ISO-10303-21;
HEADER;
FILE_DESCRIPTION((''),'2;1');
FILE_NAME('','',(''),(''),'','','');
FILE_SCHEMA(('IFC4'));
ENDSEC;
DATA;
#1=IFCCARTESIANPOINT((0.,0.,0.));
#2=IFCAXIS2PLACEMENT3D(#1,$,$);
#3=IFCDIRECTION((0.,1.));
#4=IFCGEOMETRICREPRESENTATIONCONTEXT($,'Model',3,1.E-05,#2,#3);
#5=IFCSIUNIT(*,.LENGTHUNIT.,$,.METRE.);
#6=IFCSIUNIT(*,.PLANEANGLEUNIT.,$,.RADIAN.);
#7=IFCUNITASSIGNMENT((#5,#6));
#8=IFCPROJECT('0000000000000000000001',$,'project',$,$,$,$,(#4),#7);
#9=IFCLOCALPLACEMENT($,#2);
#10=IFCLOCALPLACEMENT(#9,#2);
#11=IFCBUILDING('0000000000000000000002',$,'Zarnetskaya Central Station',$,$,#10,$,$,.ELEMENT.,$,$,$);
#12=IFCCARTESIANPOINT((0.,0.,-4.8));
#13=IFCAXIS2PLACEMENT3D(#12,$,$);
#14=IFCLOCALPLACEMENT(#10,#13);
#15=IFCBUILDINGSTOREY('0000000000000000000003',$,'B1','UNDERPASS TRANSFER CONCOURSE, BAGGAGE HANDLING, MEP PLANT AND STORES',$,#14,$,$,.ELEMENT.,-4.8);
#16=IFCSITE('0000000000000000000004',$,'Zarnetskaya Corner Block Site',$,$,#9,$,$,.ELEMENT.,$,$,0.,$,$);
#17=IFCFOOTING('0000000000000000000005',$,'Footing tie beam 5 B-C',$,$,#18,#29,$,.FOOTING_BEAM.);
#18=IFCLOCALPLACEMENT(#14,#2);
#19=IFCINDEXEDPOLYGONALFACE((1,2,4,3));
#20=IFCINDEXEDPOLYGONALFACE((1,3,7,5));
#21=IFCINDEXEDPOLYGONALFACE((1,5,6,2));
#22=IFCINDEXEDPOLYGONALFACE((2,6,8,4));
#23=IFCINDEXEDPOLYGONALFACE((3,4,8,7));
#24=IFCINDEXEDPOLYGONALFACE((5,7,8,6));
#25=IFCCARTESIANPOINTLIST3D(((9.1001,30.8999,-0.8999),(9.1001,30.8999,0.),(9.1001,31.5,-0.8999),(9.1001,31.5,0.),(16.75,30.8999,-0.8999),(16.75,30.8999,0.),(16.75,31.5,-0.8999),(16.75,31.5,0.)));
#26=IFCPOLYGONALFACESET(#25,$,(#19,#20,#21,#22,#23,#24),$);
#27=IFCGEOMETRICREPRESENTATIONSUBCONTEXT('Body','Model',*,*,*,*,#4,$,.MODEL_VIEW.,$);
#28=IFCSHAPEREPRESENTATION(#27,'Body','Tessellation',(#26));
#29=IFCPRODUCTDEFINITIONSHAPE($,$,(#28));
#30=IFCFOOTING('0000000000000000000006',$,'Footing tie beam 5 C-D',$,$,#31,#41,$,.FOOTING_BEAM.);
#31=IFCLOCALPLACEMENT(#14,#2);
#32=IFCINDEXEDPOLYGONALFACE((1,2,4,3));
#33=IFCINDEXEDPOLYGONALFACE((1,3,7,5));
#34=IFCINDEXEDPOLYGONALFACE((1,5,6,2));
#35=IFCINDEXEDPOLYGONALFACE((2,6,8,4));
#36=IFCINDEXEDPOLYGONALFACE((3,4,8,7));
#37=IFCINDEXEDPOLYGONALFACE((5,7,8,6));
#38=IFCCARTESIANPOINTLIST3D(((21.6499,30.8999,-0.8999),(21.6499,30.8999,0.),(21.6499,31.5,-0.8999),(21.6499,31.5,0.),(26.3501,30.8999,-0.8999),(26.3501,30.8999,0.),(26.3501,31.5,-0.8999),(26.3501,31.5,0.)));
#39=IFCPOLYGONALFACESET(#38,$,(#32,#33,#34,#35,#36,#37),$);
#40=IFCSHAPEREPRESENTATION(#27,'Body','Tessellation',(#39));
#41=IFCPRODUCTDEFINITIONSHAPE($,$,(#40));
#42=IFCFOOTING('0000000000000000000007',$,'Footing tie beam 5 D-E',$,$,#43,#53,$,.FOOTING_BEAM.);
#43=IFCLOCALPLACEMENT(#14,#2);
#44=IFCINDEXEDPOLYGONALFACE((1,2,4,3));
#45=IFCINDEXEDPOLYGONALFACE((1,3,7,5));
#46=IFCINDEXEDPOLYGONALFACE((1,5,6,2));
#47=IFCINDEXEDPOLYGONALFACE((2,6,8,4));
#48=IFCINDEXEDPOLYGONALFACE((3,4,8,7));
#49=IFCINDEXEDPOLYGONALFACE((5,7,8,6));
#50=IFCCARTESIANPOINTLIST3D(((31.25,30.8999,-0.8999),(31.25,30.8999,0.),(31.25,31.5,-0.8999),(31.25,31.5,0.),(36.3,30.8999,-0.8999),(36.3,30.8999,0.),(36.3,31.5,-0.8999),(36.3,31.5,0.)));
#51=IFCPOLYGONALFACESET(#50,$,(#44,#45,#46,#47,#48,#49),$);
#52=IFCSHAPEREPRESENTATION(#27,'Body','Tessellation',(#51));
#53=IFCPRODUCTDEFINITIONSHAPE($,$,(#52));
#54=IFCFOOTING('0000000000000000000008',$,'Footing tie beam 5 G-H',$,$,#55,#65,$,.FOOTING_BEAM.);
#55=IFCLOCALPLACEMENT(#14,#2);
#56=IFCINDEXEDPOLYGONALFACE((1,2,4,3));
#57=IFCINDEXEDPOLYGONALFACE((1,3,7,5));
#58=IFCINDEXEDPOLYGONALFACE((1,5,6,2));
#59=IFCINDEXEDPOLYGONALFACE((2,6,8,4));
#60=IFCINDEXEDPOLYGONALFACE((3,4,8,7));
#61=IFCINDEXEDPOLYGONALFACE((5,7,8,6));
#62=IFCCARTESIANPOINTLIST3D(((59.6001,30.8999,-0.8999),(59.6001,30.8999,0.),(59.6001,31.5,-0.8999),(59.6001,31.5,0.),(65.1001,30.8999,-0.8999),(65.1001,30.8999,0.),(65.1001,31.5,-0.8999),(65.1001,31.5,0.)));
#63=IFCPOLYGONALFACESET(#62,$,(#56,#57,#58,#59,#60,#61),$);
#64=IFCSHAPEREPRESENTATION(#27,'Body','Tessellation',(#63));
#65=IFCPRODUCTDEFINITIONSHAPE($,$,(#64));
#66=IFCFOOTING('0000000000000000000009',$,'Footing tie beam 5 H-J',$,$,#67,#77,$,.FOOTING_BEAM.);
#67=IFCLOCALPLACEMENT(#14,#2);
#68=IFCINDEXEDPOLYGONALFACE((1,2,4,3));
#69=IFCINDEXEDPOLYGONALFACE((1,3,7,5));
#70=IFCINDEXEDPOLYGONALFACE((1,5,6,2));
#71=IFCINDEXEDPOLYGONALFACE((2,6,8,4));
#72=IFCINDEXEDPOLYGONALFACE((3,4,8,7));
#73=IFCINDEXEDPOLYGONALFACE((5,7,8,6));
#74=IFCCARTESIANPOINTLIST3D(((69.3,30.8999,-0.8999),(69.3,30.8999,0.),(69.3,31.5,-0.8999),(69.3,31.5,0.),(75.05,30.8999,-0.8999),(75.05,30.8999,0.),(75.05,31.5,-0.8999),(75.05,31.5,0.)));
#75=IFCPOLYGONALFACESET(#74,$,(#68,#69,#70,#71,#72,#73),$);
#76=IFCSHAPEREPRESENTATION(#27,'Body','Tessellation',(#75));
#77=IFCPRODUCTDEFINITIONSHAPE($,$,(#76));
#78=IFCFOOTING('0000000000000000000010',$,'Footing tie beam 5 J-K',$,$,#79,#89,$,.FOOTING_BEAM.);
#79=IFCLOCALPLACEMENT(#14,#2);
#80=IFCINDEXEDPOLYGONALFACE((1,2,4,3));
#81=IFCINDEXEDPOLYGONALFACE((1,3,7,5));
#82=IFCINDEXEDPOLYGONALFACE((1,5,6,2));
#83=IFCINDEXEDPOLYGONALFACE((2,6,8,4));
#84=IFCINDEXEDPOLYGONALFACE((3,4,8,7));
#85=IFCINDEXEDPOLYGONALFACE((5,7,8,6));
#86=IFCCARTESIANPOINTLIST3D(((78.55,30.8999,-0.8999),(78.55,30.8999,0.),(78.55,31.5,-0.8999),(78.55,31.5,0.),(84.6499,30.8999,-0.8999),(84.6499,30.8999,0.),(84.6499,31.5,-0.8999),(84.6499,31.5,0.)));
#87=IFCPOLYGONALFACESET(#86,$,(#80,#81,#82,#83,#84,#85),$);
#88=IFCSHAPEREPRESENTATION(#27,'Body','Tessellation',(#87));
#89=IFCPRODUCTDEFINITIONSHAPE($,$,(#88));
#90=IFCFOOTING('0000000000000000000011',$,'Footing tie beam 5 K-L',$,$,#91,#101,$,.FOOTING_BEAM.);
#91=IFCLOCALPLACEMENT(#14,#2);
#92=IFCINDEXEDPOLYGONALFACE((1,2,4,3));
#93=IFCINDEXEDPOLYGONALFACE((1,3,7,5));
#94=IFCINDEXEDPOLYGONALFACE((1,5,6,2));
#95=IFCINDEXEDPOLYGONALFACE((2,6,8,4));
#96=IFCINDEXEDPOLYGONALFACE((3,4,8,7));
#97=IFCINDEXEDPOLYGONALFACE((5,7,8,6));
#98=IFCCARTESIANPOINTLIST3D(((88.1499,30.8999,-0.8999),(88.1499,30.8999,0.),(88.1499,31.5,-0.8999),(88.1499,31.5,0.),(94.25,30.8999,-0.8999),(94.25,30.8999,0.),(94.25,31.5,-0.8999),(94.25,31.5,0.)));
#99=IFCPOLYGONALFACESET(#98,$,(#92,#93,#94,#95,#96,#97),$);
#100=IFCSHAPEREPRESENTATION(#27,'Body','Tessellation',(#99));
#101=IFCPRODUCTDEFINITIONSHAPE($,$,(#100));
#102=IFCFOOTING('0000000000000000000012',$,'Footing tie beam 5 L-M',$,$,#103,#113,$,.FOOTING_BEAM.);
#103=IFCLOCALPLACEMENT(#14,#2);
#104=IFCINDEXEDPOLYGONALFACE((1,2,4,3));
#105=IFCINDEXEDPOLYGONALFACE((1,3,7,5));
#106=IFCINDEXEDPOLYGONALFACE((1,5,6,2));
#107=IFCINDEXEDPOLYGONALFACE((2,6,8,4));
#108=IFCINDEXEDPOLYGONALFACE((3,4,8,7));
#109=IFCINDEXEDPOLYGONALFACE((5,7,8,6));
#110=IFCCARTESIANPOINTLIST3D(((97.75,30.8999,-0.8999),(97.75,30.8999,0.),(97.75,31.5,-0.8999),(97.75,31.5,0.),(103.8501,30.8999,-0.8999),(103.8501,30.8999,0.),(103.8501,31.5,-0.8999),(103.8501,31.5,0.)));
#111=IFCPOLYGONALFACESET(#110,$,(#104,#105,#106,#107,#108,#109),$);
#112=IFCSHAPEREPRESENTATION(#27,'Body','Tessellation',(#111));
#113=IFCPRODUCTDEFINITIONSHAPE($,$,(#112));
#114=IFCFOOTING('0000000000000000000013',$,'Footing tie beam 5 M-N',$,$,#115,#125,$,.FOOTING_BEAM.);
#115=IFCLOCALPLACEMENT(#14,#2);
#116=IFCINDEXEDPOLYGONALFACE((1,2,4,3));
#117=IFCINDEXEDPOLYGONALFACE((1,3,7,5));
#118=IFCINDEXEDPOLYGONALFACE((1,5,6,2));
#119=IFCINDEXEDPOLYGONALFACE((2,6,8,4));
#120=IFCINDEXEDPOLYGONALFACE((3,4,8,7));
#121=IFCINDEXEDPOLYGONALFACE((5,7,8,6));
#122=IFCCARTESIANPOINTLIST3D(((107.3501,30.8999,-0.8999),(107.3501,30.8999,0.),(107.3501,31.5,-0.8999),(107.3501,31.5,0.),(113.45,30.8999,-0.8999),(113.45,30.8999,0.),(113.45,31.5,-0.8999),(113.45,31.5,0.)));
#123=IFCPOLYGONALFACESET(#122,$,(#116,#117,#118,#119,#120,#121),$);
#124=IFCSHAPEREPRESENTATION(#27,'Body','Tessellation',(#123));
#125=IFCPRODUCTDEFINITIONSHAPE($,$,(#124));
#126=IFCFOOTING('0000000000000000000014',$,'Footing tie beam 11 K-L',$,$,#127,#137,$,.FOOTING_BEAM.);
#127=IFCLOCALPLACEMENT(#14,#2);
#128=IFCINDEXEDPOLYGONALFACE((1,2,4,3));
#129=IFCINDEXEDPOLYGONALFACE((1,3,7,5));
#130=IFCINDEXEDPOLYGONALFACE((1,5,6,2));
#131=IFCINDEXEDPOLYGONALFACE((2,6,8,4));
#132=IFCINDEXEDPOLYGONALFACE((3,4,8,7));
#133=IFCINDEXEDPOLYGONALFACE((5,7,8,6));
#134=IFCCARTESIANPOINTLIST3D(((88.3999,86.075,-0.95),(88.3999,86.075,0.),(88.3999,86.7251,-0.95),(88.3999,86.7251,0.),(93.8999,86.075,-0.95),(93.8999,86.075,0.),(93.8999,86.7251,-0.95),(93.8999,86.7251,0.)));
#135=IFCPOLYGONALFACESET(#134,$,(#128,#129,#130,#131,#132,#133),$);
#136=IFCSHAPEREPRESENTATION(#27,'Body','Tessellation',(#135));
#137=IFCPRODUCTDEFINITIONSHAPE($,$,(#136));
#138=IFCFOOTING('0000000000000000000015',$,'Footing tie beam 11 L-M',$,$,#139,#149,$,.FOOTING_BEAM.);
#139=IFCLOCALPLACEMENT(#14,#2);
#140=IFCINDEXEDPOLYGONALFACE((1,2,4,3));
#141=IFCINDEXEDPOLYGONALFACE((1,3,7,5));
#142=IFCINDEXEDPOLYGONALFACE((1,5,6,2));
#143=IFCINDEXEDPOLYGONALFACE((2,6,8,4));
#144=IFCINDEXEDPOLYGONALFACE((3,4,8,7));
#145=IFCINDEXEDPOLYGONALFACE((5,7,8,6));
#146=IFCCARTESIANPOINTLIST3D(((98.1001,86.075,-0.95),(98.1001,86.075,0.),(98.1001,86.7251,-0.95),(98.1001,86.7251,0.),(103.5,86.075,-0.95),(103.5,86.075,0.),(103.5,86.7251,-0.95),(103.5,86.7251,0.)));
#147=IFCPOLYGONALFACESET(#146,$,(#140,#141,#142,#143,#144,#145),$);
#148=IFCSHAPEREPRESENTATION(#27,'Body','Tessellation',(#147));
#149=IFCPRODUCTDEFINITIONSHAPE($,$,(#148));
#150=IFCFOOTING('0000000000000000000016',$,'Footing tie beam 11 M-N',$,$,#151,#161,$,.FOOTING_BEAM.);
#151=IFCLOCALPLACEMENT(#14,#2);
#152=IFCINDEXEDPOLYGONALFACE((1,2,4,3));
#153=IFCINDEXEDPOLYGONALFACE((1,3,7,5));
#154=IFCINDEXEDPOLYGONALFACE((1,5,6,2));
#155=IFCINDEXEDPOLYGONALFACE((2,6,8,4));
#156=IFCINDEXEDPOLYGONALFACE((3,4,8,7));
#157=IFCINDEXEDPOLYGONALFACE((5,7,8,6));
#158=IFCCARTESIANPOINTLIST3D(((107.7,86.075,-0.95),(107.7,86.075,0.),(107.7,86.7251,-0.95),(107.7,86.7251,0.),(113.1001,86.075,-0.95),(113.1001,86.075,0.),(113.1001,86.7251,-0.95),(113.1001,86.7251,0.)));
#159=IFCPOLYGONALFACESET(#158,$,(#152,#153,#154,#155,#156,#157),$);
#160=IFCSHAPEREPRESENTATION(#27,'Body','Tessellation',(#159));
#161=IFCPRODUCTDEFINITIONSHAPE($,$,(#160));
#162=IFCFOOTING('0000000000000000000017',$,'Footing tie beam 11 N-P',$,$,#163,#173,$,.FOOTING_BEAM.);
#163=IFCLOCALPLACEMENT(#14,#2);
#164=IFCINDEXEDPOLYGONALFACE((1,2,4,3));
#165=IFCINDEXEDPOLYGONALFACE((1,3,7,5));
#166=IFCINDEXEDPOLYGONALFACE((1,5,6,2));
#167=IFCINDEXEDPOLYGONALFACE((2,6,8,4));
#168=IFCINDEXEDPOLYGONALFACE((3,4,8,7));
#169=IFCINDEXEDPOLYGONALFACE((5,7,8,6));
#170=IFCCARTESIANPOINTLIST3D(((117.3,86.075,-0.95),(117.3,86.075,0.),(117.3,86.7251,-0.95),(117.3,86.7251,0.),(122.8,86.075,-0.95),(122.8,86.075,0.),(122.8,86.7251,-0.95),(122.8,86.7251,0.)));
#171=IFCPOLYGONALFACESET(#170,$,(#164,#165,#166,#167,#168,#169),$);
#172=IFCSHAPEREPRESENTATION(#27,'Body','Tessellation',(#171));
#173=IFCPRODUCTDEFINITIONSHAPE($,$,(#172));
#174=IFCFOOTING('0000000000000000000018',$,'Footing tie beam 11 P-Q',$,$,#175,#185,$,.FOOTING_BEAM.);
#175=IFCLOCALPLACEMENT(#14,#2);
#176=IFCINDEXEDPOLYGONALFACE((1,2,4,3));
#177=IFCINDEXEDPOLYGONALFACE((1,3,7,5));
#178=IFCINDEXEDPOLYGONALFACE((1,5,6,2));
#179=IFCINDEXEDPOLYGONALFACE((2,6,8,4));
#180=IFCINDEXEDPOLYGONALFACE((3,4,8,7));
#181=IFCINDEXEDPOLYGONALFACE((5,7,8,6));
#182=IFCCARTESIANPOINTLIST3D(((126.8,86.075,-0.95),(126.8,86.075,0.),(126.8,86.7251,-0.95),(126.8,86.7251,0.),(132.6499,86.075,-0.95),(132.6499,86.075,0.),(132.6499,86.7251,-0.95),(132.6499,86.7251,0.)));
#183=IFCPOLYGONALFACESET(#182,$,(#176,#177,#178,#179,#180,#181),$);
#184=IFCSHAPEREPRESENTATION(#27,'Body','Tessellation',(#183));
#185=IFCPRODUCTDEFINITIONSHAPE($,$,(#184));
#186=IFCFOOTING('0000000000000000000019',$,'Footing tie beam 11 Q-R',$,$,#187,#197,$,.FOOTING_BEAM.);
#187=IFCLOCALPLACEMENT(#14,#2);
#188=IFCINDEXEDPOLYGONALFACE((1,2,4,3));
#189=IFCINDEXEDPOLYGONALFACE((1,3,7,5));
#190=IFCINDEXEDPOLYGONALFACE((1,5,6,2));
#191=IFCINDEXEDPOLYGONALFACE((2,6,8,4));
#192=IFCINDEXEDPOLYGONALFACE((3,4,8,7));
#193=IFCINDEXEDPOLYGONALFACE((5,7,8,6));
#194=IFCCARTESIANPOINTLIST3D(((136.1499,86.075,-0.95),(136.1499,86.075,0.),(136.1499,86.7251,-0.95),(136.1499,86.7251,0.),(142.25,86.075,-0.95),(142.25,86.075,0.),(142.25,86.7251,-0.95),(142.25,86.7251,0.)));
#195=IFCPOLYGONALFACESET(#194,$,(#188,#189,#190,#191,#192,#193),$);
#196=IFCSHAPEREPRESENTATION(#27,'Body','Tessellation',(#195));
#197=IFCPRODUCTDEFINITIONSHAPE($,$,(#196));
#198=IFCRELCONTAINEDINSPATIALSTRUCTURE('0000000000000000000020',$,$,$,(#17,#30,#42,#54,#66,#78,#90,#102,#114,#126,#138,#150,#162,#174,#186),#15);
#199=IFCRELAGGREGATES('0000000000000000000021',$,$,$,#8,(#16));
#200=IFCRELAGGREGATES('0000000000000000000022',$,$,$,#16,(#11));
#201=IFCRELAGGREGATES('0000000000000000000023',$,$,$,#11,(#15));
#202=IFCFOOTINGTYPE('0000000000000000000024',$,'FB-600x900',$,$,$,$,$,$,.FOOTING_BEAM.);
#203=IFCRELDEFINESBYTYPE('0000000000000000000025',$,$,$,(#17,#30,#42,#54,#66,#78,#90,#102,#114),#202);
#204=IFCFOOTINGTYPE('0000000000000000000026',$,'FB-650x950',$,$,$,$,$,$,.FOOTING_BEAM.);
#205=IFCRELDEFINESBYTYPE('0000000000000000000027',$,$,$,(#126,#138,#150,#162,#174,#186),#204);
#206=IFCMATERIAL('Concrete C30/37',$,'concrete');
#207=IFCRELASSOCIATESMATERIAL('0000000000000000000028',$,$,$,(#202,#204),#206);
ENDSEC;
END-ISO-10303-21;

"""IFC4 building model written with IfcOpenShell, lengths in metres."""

from ifc_helpers import new_model, si_unit, direction, frame, origin, place, context, subcontext, project, spatial, polyline, outline, extrude, material, type_object, element, save


model = new_model("IFC4")

# Units and contexts
model_context = context("Model", 3, precision=1e-05, world=origin(), true_north=direction((0.0, 1.0)))
body_context = subcontext(model_context, "Body", "Model", "MODEL_VIEW")
ifc_project = project(units=[si_unit("LENGTHUNIT", "METRE"), si_unit("PLANEANGLEUNIT", "RADIAN")], contexts=[model_context])

# Site, building, storey
site_placement = place(None, origin())
site = spatial("IfcSite", under=ifc_project, at=site_placement, Name="Zarnetskaya Corner Block Site", CompositionType="ELEMENT", RefElevation=0.0)
building_placement = place(site_placement, origin())
building = spatial("IfcBuilding", under=site, at=building_placement, Name="Zarnetskaya Central Station", CompositionType="ELEMENT")
storey_placement = place(building_placement, frame((0.0, 0.0, -4.8)))
storey = spatial("IfcBuildingStorey", under=building, at=storey_placement, Name="B1", Description="UNDERPASS TRANSFER CONCOURSE, BAGGAGE HANDLING, MEP PLANT AND STORES", CompositionType="ELEMENT", Elevation=-4.8)

# Footings
ifc_material = material(Name="Concrete C30/37", Category="concrete")
footing_type_1 = type_object("IfcFootingType", Name="FB-600x900", PredefinedType="FOOTING_BEAM", material=ifc_material)
footing_1_placement = place(storey_placement, frame((0.0, 0.0, -0.8999)))
element("IfcFooting", 1, at=footing_1_placement, inside=storey, type_object=footing_type_1, Name="Footing tie beam 5 B-C", PredefinedType="FOOTING_BEAM", context=body_context, shape_type="SweptSolid", body=[
    extrude(outline(polyline([(9.1001, 30.8999), (16.75, 30.8999), (16.75, 31.5), (9.1001, 31.5), (9.1001, 30.8999)])), origin(), (0.0, 0.0, 1.0), 0.8999),
])
footing_2_placement = place(storey_placement, frame((0.0, 0.0, -0.8999)))
element("IfcFooting", 2, at=footing_2_placement, inside=storey, type_object=footing_type_1, Name="Footing tie beam 5 C-D", PredefinedType="FOOTING_BEAM", context=body_context, shape_type="SweptSolid", body=[
    extrude(outline(polyline([(21.6499, 30.8999), (26.3501, 30.8999), (26.3501, 31.5), (21.6499, 31.5), (21.6499, 30.8999)])), origin(), (0.0, 0.0, 1.0), 0.8999),
])
footing_3_placement = place(storey_placement, frame((0.0, 0.0, -0.8999)))
element("IfcFooting", 3, at=footing_3_placement, inside=storey, type_object=footing_type_1, Name="Footing tie beam 5 D-E", PredefinedType="FOOTING_BEAM", context=body_context, shape_type="SweptSolid", body=[
    extrude(outline(polyline([(31.25, 30.8999), (36.3, 30.8999), (36.3, 31.5), (31.25, 31.5), (31.25, 30.8999)])), origin(), (0.0, 0.0, 1.0), 0.8999),
])
footing_4_placement = place(storey_placement, frame((0.0, 0.0, -0.8999)))
element("IfcFooting", 4, at=footing_4_placement, inside=storey, type_object=footing_type_1, Name="Footing tie beam 5 G-H", PredefinedType="FOOTING_BEAM", context=body_context, shape_type="SweptSolid", body=[
    extrude(outline(polyline([(59.6001, 30.8999), (65.1001, 30.8999), (65.1001, 31.5), (59.6001, 31.5), (59.6001, 30.8999)])), origin(), (0.0, 0.0, 1.0), 0.8999),
])
footing_5_placement = place(storey_placement, frame((0.0, 0.0, -0.8999)))
element("IfcFooting", 5, at=footing_5_placement, inside=storey, type_object=footing_type_1, Name="Footing tie beam 5 H-J", PredefinedType="FOOTING_BEAM", context=body_context, shape_type="SweptSolid", body=[
    extrude(outline(polyline([(69.3, 30.8999), (75.05, 30.8999), (75.05, 31.5), (69.3, 31.5), (69.3, 30.8999)])), origin(), (0.0, 0.0, 1.0), 0.8999),
])
footing_6_placement = place(storey_placement, frame((0.0, 0.0, -0.8999)))
element("IfcFooting", 6, at=footing_6_placement, inside=storey, type_object=footing_type_1, Name="Footing tie beam 5 J-K", PredefinedType="FOOTING_BEAM", context=body_context, shape_type="SweptSolid", body=[
    extrude(outline(polyline([(78.55, 30.8999), (84.6499, 30.8999), (84.6499, 31.5), (78.55, 31.5), (78.55, 30.8999)])), origin(), (0.0, 0.0, 1.0), 0.8999),
])
footing_7_placement = place(storey_placement, frame((0.0, 0.0, -0.8999)))
element("IfcFooting", 7, at=footing_7_placement, inside=storey, type_object=footing_type_1, Name="Footing tie beam 5 K-L", PredefinedType="FOOTING_BEAM", context=body_context, shape_type="SweptSolid", body=[
    extrude(outline(polyline([(88.1499, 30.8999), (94.25, 30.8999), (94.25, 31.5), (88.1499, 31.5), (88.1499, 30.8999)])), origin(), (0.0, 0.0, 1.0), 0.8999),
])
footing_8_placement = place(storey_placement, frame((0.0, 0.0, -0.8999)))
element("IfcFooting", 8, at=footing_8_placement, inside=storey, type_object=footing_type_1, Name="Footing tie beam 5 L-M", PredefinedType="FOOTING_BEAM", context=body_context, shape_type="SweptSolid", body=[
    extrude(outline(polyline([(97.75, 30.8999), (103.8501, 30.8999), (103.8501, 31.5), (97.75, 31.5), (97.75, 30.8999)])), origin(), (0.0, 0.0, 1.0), 0.8999),
])
footing_9_placement = place(storey_placement, frame((0.0, 0.0, -0.8999)))
element("IfcFooting", 9, at=footing_9_placement, inside=storey, type_object=footing_type_1, Name="Footing tie beam 5 M-N", PredefinedType="FOOTING_BEAM", context=body_context, shape_type="SweptSolid", body=[
    extrude(outline(polyline([(107.3501, 30.8999), (113.45, 30.8999), (113.45, 31.5), (107.3501, 31.5), (107.3501, 30.8999)])), origin(), (0.0, 0.0, 1.0), 0.8999),
])
footing_type_2 = type_object("IfcFootingType", Name="FB-650x950", PredefinedType="FOOTING_BEAM", material=ifc_material)
footing_10_placement = place(storey_placement, frame((0.0, 0.0, -0.95)))
element("IfcFooting", 10, at=footing_10_placement, inside=storey, type_object=footing_type_2, Name="Footing tie beam 11 K-L", PredefinedType="FOOTING_BEAM", context=body_context, shape_type="SweptSolid", body=[
    extrude(outline(polyline([(88.3999, 86.075), (93.8999, 86.075), (93.8999, 86.7251), (88.3999, 86.7251), (88.3999, 86.075)])), origin(), (0.0, 0.0, 1.0), 0.95),
])
footing_11_placement = place(storey_placement, frame((0.0, 0.0, -0.95)))
element("IfcFooting", 11, at=footing_11_placement, inside=storey, type_object=footing_type_2, Name="Footing tie beam 11 L-M", PredefinedType="FOOTING_BEAM", context=body_context, shape_type="SweptSolid", body=[
    extrude(outline(polyline([(98.1001, 86.075), (103.5, 86.075), (103.5, 86.7251), (98.1001, 86.7251), (98.1001, 86.075)])), origin(), (0.0, 0.0, 1.0), 0.95),
])
footing_12_placement = place(storey_placement, frame((0.0, 0.0, -0.95)))
element("IfcFooting", 12, at=footing_12_placement, inside=storey, type_object=footing_type_2, Name="Footing tie beam 11 M-N", PredefinedType="FOOTING_BEAM", context=body_context, shape_type="SweptSolid", body=[
    extrude(outline(polyline([(107.7, 86.075), (113.1001, 86.075), (113.1001, 86.7251), (107.7, 86.7251), (107.7, 86.075)])), origin(), (0.0, 0.0, 1.0), 0.95),
])
footing_13_placement = place(storey_placement, frame((0.0, 0.0, -0.95)))
element("IfcFooting", 13, at=footing_13_placement, inside=storey, type_object=footing_type_2, Name="Footing tie beam 11 N-P", PredefinedType="FOOTING_BEAM", context=body_context, shape_type="SweptSolid", body=[
    extrude(outline(polyline([(117.3, 86.075), (122.8, 86.075), (122.8, 86.7251), (117.3, 86.7251), (117.3, 86.075)])), origin(), (0.0, 0.0, 1.0), 0.95),
])
footing_14_placement = place(storey_placement, frame((0.0, 0.0, -0.95)))
element("IfcFooting", 14, at=footing_14_placement, inside=storey, type_object=footing_type_2, Name="Footing tie beam 11 P-Q", PredefinedType="FOOTING_BEAM", context=body_context, shape_type="SweptSolid", body=[
    extrude(outline(polyline([(126.8, 86.075), (132.6499, 86.075), (132.6499, 86.7251), (126.8, 86.7251), (126.8, 86.075)])), origin(), (0.0, 0.0, 1.0), 0.95),
])
footing_15_placement = place(storey_placement, frame((0.0, 0.0, -0.95)))
element("IfcFooting", 15, at=footing_15_placement, inside=storey, type_object=footing_type_2, Name="Footing tie beam 11 Q-R", PredefinedType="FOOTING_BEAM", context=body_context, shape_type="SweptSolid", body=[
    extrude(outline(polyline([(136.1499, 86.075), (142.25, 86.075), (142.25, 86.7251), (136.1499, 86.7251), (136.1499, 86.075)])), origin(), (0.0, 0.0, 1.0), 0.95),
])

save(model, "model.ifc")
